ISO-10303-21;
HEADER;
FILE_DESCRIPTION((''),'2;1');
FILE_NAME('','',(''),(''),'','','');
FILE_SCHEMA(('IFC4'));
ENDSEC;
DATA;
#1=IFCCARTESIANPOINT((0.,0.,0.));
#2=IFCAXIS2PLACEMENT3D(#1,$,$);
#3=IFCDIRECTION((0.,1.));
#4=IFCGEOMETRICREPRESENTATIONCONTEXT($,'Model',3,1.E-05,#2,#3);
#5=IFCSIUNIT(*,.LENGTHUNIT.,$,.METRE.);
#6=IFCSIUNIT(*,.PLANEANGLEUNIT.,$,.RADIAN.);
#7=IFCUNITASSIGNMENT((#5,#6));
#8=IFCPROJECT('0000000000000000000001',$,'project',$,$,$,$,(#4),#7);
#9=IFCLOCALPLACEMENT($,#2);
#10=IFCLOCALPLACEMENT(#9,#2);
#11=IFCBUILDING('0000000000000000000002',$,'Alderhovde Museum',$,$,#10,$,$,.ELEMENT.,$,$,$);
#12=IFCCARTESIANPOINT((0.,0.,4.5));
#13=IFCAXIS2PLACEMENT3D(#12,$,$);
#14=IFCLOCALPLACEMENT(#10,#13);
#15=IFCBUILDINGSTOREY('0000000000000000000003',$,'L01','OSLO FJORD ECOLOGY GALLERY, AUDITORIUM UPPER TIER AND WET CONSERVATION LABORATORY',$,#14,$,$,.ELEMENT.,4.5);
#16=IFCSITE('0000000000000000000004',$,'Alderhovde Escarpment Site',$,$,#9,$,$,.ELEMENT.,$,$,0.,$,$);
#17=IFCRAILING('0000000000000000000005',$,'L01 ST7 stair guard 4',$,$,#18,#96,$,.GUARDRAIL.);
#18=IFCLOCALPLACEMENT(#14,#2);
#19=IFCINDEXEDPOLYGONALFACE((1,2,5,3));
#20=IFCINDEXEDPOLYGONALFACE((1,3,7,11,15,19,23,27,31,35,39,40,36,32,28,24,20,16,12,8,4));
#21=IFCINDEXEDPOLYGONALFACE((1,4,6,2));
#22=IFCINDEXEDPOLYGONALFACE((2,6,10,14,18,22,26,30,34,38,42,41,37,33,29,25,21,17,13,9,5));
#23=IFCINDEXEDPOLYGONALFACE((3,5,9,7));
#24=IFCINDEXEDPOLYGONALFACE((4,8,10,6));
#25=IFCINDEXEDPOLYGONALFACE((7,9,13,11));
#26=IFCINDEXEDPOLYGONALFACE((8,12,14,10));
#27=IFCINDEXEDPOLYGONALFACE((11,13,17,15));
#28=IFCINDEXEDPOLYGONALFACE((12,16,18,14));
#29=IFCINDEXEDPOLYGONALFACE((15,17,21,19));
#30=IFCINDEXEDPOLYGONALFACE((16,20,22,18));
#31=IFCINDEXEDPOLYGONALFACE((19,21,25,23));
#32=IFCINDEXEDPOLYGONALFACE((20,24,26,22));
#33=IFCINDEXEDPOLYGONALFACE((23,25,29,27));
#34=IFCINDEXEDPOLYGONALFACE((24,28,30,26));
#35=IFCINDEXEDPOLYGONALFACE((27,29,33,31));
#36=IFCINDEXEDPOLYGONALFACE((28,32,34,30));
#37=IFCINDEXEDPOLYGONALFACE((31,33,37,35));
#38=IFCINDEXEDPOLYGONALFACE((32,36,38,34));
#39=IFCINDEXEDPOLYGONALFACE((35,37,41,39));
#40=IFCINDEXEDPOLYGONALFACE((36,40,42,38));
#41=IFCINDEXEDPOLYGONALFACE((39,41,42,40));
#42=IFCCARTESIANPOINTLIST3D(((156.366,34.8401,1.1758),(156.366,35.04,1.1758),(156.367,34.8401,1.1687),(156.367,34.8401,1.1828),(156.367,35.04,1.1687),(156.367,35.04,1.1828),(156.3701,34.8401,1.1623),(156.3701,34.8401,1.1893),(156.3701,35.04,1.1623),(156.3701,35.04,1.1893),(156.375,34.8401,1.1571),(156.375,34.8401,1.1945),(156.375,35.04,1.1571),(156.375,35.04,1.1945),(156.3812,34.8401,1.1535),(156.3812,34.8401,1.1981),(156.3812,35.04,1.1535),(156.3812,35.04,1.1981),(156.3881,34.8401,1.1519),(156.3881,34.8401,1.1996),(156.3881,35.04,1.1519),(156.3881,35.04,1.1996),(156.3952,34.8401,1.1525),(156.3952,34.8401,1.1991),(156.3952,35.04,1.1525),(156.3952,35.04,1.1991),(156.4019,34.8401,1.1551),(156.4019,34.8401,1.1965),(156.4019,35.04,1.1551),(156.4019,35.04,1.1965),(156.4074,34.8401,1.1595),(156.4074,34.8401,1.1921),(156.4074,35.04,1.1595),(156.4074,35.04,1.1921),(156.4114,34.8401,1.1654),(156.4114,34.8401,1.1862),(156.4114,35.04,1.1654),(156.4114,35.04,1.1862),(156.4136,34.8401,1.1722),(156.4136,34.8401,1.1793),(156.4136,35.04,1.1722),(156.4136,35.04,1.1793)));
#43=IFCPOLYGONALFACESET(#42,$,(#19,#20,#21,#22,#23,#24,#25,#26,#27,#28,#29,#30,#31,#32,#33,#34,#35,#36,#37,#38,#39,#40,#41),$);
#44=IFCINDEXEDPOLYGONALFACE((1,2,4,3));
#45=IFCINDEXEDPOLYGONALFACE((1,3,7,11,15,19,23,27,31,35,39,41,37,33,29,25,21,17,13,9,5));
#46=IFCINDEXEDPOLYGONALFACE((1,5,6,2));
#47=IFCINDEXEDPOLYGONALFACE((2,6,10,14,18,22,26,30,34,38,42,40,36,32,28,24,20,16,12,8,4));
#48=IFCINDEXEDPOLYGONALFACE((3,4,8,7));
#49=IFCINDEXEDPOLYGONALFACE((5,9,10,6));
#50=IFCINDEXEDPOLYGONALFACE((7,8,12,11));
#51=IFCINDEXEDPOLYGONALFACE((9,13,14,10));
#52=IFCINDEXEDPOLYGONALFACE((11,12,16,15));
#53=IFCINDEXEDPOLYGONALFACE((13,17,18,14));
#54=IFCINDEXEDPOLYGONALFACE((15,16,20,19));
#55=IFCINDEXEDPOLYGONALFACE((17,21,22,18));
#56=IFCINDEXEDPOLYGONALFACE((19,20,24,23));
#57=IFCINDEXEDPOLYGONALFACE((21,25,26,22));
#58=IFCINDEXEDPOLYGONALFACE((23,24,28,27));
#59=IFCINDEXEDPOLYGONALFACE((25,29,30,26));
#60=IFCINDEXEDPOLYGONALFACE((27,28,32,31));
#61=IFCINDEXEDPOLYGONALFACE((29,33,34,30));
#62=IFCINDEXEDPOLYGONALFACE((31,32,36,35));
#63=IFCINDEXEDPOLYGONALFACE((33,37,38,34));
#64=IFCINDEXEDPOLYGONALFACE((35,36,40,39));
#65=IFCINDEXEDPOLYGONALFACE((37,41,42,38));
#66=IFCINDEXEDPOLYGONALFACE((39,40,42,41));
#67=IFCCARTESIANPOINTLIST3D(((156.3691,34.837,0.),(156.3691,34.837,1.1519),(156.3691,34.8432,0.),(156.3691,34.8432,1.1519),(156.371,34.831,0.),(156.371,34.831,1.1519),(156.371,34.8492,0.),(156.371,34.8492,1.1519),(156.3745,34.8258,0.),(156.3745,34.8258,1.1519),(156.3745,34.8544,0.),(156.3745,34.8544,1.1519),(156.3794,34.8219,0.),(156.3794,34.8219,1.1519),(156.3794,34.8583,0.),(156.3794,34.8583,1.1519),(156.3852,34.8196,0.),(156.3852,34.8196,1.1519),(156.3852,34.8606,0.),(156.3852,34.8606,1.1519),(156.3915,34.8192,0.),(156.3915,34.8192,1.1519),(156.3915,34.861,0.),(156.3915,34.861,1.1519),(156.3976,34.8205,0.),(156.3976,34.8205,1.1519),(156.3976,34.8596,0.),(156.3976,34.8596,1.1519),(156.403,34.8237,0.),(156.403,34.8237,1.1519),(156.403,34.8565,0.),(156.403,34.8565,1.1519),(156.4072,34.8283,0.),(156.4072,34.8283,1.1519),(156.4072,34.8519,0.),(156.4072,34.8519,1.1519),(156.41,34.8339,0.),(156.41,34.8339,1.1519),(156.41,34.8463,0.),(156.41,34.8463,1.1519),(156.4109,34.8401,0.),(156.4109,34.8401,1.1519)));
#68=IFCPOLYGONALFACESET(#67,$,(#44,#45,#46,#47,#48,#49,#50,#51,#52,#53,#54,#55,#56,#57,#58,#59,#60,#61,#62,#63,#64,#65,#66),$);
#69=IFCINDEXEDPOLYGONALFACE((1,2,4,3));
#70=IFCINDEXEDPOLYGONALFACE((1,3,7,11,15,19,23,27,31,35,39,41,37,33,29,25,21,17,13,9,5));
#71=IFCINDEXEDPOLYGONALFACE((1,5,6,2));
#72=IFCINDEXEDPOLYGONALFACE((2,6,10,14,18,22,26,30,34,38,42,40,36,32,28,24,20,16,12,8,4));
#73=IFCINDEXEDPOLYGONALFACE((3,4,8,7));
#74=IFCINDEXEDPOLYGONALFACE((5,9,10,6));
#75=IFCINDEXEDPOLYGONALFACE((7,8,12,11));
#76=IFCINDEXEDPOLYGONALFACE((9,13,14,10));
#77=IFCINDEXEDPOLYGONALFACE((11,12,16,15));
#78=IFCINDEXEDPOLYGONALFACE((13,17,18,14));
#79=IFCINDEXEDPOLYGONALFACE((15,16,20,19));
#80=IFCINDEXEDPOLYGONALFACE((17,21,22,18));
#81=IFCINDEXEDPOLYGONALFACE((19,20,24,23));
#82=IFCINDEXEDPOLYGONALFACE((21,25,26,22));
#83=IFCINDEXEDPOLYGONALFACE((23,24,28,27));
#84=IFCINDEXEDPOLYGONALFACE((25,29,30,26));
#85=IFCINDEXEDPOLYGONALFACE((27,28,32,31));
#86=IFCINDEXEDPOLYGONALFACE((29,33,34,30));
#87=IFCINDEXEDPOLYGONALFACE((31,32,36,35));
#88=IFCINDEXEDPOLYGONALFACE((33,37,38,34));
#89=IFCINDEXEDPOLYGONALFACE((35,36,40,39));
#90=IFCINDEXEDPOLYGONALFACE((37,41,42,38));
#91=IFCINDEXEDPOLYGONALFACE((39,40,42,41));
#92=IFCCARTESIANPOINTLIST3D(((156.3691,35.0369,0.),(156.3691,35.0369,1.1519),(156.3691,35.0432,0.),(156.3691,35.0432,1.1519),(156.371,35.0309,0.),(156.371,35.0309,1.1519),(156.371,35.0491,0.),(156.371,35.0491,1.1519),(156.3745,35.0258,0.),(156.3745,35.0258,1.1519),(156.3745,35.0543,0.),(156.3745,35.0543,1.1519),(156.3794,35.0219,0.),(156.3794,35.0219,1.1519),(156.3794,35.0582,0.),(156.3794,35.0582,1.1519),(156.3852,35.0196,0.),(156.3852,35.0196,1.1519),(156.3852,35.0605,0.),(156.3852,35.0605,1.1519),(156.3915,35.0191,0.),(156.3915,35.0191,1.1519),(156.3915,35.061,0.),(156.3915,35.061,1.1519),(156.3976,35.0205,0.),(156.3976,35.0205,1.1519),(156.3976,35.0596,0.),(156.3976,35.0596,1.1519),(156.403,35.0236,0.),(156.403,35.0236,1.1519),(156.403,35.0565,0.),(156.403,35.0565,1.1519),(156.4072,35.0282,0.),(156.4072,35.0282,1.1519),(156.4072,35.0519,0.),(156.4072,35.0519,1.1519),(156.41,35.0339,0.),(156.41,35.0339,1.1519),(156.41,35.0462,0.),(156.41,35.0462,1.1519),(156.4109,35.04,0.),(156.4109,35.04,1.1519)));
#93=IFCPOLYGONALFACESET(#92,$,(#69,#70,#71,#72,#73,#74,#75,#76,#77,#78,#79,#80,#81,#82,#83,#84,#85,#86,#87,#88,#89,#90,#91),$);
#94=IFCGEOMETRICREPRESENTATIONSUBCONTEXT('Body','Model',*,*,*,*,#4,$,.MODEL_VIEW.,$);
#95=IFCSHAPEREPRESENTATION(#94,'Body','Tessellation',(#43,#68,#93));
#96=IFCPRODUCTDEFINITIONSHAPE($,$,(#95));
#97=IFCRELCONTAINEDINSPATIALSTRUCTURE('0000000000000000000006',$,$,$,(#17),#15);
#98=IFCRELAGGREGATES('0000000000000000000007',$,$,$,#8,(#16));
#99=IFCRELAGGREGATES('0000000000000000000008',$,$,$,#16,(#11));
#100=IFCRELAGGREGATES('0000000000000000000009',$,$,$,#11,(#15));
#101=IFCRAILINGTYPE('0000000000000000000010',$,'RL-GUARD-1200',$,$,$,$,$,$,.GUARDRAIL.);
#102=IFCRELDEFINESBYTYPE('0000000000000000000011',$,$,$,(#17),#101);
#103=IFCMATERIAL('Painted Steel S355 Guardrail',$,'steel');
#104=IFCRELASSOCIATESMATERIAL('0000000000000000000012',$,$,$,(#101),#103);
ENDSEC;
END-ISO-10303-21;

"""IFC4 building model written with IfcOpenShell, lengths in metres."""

from ifc_helpers import new_model, si_unit, direction, frame, origin, origin_2d, place, context, subcontext, project, spatial, circle, extrude, material, type_object, element, save


model = new_model("IFC4")

# Units and contexts
model_context = context("Model", 3, precision=1e-05, world=origin(), true_north=direction((0.0, 1.0)))
body_context = subcontext(model_context, "Body", "Model", "MODEL_VIEW")
ifc_project = project(units=[si_unit("LENGTHUNIT", "METRE"), si_unit("PLANEANGLEUNIT", "RADIAN")], contexts=[model_context])

# Site, building, storey
site_placement = place(None, origin())
site = spatial("IfcSite", under=ifc_project, at=site_placement, Name="Alderhovde Escarpment Site", CompositionType="ELEMENT", RefElevation=0.0)
building_placement = place(site_placement, origin())
building = spatial("IfcBuilding", under=site, at=building_placement, Name="Alderhovde Museum", CompositionType="ELEMENT")
storey_placement = place(building_placement, frame((0.0, 0.0, 4.5)))
storey = spatial("IfcBuildingStorey", under=building, at=storey_placement, Name="L01", Description="OSLO FJORD ECOLOGY GALLERY, AUDITORIUM UPPER TIER AND WET CONSERVATION LABORATORY", CompositionType="ELEMENT", Elevation=4.5)

# Railing
ifc_material_1 = material(Name="Painted Steel S355 Guardrail", Category="steel")
railing_type_1 = type_object("IfcRailingType", Name="RL-GUARD-1200", PredefinedType="GUARDRAIL", material=ifc_material_1)
railing_1_placement = place(storey_placement, frame((156.3899, 34.8401, 0.0)))
element("IfcRailing", 1, at=railing_1_placement, inside=storey, type_object=railing_type_1, Name="L01 ST7 stair guard 4", PredefinedType="GUARDRAIL", context=body_context, shape_type="SweptSolid", body=[
    extrude(circle(Radius=0.0239, at=origin_2d()), frame((0.0, 0.0, 1.1758), z_axis=(0.0, 1.0, 0.0), x_axis=(-1.0, 0.0, 0.0)), (0.0, 0.0, 1.0), 0.2),
    extrude(circle(Radius=0.021, at=origin_2d()), origin(), (0.0, 0.0, 1.0), 1.1519),
    extrude(circle(Radius=0.021, at=origin_2d()), frame((0.0, 0.2, 0.0)), (0.0, 0.0, 1.0), 1.1519),
])

save(model, "model.ifc")
